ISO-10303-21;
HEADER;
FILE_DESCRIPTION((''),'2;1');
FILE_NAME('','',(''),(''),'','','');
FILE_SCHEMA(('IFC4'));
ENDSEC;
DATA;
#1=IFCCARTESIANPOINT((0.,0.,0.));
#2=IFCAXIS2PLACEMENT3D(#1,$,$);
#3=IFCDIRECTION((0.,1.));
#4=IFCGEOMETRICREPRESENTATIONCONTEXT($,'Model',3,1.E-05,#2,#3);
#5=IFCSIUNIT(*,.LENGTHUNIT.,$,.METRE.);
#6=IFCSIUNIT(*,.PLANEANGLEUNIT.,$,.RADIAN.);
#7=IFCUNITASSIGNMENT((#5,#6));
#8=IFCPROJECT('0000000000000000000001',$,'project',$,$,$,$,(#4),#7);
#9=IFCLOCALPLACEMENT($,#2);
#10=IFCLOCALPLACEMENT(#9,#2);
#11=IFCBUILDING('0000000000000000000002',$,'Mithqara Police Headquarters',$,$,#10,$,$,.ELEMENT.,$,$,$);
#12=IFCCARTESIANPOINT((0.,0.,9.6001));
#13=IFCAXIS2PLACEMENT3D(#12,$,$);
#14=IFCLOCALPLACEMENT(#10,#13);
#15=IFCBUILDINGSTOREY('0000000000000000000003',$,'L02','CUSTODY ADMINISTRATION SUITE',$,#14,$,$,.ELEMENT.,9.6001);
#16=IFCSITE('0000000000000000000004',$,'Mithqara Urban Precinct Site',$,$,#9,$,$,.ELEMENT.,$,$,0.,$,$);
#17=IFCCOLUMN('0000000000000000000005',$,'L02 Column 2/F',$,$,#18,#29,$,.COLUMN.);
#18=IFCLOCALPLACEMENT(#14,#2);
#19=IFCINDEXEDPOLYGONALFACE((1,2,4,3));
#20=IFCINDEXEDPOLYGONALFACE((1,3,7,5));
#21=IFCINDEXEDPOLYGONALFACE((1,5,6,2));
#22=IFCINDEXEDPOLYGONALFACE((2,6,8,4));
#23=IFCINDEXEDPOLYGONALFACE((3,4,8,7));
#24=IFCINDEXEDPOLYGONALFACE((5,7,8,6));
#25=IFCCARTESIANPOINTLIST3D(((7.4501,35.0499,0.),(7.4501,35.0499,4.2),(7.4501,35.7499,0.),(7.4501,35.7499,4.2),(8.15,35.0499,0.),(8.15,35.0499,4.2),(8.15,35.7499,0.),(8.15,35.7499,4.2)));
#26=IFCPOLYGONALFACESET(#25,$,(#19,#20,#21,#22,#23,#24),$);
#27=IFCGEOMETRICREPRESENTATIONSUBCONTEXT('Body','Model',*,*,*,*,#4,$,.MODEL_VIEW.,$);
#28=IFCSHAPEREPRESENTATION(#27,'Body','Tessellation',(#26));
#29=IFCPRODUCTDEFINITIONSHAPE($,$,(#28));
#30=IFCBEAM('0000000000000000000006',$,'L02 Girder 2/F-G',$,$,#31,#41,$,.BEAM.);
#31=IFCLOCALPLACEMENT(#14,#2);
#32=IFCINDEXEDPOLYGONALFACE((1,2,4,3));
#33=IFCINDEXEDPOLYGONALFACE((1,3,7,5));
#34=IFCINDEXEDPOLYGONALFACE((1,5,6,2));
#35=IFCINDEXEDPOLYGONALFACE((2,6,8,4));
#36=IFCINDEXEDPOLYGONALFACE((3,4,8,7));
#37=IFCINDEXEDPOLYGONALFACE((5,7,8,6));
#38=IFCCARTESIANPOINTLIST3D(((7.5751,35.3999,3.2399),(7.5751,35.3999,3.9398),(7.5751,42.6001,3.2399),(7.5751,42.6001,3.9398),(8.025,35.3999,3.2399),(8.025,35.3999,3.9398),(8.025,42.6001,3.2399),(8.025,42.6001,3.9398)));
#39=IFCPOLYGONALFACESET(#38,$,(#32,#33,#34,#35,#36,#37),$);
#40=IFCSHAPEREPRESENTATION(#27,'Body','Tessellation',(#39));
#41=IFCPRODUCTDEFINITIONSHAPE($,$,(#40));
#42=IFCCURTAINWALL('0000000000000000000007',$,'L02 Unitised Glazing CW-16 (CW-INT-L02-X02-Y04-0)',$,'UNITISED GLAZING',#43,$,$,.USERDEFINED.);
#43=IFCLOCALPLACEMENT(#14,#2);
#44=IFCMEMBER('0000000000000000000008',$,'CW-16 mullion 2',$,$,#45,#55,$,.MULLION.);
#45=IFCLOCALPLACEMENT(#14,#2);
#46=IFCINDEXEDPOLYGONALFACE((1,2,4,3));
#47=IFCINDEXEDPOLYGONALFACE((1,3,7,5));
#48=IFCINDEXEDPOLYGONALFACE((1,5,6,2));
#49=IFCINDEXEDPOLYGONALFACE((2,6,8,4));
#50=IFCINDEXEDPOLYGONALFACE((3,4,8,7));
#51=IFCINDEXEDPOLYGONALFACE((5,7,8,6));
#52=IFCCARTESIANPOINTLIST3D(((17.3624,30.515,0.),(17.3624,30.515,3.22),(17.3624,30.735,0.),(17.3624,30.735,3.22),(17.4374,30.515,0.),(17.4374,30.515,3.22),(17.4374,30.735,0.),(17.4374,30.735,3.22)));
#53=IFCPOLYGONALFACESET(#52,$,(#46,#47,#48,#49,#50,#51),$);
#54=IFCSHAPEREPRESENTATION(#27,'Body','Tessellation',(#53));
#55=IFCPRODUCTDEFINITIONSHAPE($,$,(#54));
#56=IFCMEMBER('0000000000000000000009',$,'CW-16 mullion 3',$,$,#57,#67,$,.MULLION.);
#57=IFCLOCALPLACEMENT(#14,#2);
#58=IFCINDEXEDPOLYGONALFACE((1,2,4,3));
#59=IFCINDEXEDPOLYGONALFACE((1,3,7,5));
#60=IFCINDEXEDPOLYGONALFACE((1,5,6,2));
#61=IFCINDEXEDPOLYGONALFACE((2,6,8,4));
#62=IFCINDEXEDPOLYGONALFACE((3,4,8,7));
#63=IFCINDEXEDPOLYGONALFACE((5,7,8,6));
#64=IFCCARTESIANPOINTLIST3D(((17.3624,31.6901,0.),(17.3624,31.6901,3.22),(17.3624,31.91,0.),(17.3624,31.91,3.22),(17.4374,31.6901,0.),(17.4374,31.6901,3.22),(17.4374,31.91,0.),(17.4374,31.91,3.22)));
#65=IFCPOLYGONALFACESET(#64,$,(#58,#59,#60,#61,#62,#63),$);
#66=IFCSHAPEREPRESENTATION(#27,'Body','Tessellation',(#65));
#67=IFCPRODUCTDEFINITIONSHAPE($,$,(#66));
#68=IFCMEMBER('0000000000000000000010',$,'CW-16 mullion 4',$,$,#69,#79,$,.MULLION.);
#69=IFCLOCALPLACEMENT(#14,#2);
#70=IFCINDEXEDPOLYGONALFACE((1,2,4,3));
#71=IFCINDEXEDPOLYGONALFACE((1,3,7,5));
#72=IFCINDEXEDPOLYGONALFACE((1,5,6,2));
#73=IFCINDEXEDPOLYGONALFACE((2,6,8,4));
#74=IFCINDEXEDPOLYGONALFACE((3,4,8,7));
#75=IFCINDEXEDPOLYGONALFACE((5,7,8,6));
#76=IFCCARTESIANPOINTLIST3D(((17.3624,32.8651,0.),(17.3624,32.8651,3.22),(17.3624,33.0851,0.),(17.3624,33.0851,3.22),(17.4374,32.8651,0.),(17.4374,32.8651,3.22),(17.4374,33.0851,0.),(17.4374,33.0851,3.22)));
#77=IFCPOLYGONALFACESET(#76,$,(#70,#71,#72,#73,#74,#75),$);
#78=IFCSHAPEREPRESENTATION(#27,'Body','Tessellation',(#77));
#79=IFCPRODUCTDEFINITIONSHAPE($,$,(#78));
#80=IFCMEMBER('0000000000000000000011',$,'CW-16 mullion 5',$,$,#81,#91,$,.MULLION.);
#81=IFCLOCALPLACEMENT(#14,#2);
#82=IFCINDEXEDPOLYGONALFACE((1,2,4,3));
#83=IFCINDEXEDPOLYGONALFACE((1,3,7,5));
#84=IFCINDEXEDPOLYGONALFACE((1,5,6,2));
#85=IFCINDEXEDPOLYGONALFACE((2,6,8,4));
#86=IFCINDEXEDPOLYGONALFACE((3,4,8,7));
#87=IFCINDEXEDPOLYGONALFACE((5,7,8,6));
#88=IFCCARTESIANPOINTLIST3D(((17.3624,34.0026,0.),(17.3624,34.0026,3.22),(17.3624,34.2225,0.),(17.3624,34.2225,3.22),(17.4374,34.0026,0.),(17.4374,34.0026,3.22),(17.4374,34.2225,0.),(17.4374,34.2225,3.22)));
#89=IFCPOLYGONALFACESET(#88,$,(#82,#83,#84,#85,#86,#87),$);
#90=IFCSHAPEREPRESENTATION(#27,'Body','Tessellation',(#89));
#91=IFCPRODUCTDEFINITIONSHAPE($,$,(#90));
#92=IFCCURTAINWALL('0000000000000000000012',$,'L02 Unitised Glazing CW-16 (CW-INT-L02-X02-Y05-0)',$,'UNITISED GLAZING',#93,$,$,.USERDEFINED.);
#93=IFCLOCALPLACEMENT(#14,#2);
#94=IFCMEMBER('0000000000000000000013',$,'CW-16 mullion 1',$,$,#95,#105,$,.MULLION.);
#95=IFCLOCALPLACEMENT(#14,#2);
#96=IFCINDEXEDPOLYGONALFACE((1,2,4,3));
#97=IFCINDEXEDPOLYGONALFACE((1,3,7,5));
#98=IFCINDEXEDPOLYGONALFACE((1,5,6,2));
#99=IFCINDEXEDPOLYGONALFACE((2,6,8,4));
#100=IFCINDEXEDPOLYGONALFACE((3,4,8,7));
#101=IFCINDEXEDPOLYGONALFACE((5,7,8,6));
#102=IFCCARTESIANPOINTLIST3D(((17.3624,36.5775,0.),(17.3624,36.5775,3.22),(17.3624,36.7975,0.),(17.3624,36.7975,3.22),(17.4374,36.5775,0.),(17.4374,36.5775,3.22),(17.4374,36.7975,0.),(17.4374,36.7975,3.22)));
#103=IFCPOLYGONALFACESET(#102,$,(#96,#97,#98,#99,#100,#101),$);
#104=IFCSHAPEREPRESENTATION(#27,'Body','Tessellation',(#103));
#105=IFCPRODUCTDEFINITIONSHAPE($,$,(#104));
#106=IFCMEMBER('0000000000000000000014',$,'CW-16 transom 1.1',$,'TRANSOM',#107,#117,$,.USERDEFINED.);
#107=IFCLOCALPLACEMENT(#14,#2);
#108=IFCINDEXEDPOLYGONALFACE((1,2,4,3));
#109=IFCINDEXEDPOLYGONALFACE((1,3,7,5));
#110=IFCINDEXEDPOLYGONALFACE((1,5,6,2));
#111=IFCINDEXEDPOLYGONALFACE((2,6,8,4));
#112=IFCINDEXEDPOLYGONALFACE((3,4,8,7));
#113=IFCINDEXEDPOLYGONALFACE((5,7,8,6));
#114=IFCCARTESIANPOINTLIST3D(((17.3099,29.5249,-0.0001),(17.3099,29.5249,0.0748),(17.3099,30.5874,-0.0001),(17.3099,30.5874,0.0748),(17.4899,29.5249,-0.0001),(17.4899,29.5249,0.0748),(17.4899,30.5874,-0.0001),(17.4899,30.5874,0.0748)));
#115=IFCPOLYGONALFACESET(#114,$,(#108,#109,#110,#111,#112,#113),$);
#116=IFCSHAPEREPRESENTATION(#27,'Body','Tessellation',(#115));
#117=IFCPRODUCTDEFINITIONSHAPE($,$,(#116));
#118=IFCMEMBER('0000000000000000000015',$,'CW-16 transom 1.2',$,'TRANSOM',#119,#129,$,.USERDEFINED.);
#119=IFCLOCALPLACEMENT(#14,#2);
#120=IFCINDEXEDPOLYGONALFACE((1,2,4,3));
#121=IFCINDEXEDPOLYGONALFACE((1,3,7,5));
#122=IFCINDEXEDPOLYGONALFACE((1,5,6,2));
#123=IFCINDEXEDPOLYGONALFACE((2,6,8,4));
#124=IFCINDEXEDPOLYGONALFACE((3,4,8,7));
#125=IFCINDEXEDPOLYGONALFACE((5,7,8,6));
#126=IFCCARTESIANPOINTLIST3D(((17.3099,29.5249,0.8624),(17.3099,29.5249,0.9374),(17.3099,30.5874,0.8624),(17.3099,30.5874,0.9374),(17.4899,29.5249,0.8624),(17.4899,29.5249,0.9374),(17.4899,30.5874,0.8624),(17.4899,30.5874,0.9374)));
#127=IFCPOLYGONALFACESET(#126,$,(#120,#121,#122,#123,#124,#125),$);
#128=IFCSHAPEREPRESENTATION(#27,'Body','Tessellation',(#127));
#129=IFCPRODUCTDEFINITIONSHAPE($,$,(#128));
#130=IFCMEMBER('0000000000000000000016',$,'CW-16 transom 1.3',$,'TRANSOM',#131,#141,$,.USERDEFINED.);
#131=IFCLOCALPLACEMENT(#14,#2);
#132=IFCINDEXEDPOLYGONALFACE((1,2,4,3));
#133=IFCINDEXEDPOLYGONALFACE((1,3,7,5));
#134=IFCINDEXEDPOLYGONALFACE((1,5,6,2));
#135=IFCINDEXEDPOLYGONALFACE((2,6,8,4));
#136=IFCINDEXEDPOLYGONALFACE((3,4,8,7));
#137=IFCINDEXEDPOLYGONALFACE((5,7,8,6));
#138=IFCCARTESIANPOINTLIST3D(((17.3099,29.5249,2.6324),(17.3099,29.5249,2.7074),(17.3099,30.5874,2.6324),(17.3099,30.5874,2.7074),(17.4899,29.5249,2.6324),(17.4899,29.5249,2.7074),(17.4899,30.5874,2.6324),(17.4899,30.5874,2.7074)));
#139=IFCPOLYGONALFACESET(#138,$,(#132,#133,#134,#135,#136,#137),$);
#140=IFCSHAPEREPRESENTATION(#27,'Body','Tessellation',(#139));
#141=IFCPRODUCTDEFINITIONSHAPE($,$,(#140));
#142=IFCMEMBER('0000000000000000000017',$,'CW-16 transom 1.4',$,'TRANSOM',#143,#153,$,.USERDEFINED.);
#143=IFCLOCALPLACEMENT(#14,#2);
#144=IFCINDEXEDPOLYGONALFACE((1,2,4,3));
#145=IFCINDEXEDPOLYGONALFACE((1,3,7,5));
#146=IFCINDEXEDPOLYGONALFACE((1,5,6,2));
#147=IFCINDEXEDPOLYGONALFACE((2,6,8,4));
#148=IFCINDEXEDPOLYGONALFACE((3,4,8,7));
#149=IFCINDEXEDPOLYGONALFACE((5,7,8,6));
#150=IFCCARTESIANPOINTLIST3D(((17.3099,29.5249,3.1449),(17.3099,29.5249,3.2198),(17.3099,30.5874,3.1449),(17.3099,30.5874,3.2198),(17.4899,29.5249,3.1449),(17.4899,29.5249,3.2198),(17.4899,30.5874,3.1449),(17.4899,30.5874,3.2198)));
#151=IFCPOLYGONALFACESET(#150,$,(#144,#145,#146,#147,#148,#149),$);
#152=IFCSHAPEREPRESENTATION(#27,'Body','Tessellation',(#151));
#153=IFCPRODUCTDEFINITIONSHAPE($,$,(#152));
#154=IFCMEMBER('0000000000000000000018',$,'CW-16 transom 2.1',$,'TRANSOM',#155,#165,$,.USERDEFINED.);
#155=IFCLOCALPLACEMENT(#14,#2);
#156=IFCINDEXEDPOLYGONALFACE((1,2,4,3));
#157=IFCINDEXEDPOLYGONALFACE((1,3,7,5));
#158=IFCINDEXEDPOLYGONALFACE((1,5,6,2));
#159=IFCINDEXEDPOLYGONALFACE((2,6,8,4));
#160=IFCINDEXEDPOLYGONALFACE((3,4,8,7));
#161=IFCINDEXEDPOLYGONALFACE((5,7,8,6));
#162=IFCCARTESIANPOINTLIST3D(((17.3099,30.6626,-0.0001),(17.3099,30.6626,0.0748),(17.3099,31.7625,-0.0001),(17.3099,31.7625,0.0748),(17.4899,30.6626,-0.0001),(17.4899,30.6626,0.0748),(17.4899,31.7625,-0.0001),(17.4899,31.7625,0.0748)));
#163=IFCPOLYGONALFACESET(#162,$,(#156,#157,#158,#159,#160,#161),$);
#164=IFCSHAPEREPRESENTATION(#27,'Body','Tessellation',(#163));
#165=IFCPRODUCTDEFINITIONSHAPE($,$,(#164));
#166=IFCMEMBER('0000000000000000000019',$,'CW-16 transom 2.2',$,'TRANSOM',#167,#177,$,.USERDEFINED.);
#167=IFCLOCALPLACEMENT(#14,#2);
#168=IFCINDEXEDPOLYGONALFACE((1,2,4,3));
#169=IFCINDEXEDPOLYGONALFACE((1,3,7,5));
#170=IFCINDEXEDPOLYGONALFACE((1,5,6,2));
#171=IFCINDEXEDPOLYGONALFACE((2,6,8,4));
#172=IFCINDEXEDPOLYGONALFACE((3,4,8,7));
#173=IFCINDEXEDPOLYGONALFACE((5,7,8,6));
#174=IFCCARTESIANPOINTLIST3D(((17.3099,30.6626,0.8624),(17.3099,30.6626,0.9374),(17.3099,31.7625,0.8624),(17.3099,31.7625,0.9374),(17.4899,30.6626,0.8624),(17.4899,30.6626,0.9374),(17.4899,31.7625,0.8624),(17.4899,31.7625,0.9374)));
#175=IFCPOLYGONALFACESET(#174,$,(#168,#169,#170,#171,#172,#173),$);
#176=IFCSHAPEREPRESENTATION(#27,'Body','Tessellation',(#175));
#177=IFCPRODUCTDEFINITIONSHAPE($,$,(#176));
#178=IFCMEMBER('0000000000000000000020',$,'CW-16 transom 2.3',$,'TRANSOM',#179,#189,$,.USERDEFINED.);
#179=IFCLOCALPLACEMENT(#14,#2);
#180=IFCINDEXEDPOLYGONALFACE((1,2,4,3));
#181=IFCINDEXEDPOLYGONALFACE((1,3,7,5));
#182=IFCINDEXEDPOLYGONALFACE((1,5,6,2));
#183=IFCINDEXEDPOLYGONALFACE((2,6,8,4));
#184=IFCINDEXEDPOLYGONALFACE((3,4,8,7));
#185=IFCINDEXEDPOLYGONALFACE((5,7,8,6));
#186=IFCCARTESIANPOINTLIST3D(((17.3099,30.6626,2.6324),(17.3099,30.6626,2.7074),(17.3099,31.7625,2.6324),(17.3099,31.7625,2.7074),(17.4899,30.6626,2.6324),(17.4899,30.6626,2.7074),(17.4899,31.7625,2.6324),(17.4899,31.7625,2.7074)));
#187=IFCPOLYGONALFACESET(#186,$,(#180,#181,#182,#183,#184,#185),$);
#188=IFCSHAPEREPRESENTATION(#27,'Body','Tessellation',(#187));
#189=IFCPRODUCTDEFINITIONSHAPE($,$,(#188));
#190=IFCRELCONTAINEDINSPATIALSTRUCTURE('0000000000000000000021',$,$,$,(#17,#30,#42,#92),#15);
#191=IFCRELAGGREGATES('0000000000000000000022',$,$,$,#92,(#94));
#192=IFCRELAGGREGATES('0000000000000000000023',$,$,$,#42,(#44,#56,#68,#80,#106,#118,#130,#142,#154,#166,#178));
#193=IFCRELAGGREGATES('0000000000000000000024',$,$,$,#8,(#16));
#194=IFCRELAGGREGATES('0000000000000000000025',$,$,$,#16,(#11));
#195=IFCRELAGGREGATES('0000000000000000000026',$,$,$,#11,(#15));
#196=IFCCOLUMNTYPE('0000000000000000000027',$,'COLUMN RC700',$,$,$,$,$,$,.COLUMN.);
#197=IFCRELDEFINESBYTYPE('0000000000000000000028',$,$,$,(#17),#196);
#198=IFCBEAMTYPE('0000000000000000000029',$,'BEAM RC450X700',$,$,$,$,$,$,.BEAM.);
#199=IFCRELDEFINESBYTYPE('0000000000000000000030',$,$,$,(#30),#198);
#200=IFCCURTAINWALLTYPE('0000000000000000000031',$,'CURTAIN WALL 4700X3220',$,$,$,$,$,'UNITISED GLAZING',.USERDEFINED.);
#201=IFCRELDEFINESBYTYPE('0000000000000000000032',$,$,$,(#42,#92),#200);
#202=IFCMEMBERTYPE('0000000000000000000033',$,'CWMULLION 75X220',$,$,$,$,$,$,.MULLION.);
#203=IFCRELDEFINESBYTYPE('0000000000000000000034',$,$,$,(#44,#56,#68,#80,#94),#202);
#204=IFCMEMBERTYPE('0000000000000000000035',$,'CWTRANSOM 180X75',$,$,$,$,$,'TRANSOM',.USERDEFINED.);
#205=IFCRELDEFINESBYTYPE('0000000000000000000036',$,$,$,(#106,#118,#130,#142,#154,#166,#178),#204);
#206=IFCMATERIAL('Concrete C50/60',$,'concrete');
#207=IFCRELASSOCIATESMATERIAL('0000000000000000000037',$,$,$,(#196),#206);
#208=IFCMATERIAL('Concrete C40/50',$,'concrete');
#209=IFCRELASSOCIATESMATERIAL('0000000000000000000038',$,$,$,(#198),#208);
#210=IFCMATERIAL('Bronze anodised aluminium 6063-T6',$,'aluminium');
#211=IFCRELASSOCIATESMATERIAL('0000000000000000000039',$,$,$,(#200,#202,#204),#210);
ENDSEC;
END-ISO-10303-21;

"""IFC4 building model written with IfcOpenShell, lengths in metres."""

from ifc_helpers import new_model, si_unit, direction, frame, origin, origin_2d, place, context, subcontext, project, spatial, rectangle, extrude, material, material_profile, profile_set, type_object, element, aggregate, save


model = new_model("IFC4")

# Units and contexts
model_context = context("Model", 3, precision=1e-05, world=origin(), true_north=direction((0.0, 1.0)))
body_context = subcontext(model_context, "Body", "Model", "MODEL_VIEW")
ifc_project = project(units=[si_unit("LENGTHUNIT", "METRE"), si_unit("PLANEANGLEUNIT", "RADIAN")], contexts=[model_context])

# Site, building, storey
site_placement = place(None, origin())
site = spatial("IfcSite", under=ifc_project, at=site_placement, Name="Mithqara Urban Precinct Site", CompositionType="ELEMENT", RefElevation=0.0)
building_placement = place(site_placement, origin())
building = spatial("IfcBuilding", under=site, at=building_placement, Name="Mithqara Police Headquarters", CompositionType="ELEMENT")
storey_placement = place(building_placement, frame((0.0, 0.0, 9.6001)))
storey = spatial("IfcBuildingStorey", under=building, at=storey_placement, Name="L02", Description="CUSTODY ADMINISTRATION SUITE", CompositionType="ELEMENT", Elevation=9.6001)

# Column
ifc_material_1 = material(Name="Concrete C50/60", Category="concrete")
ifc_material_profile_1 = material_profile(ifc_material_1, rectangle(XDim=0.7, YDim=0.7, at=origin_2d()), Name="RC 700x700")
ifc_profile_set_1 = profile_set([ifc_material_profile_1], Name="Concrete C50/60")
column_type = type_object("IfcColumnType", Name="COLUMN RC700", PredefinedType="COLUMN", material=ifc_profile_set_1)
column_placement = place(storey_placement, frame((7.8, 35.3999, 0.0), z_axis=(0.0, 0.0, 1.0), x_axis=(1.0, 0.0, 0.0)))
element("IfcColumn", 1, at=column_placement, inside=storey, type_object=column_type, Name="L02 Column 2/F", PredefinedType="COLUMN", context=body_context, shape_type="SweptSolid", body=[
    extrude(rectangle(XDim=0.7, YDim=0.7, at=origin_2d()), origin(), (0.0, 0.0, 1.0), 4.2),
])

# Beam
ifc_material_2 = material(Name="Concrete C40/50", Category="concrete")
ifc_material_profile_2 = material_profile(ifc_material_2, rectangle(XDim=0.45, YDim=0.7, at=origin_2d()), Name="RC 450x700")
ifc_profile_set_2 = profile_set([ifc_material_profile_2], Name="Concrete C40/50")
beam_type_1 = type_object("IfcBeamType", Name="BEAM RC450X700", PredefinedType="BEAM", material=ifc_profile_set_2)
beam_1_placement = place(storey_placement, frame((7.8, 35.3999, 3.5898), z_axis=(0.0, 1.0, 0.0), x_axis=(-1.0, 0.0, 0.0)))
element("IfcBeam", 2, at=beam_1_placement, inside=storey, type_object=beam_type_1, Name="L02 Girder 2/F-G", PredefinedType="BEAM", context=body_context, shape_type="SweptSolid", body=[
    extrude(rectangle(XDim=0.45, YDim=0.7, at=origin_2d()), origin(), (0.0, 0.0, 1.0), 7.2002),
])

# Curtain wall, members
ifc_material_3 = material(Name="Bronze anodised aluminium 6063-T6", Category="aluminium")
curtain_wall_type = type_object("IfcCurtainWallType", Name="CURTAIN WALL 4700X3220", ElementType="UNITISED GLAZING", PredefinedType="USERDEFINED", material=ifc_material_3)
curtain_wall_1_placement = place(storey_placement, origin())
curtain_wall_1 = element("IfcCurtainWall", 3, at=curtain_wall_1_placement, inside=storey, type_object=curtain_wall_type, Name="L02 Unitised Glazing CW-16 (CW-INT-L02-X02-Y04-0)", ObjectType="UNITISED GLAZING", PredefinedType="USERDEFINED")
ifc_material_profile_3 = material_profile(ifc_material_3, rectangle(XDim=0.075, YDim=0.22, at=origin_2d()), Name="CWM 75x220")
ifc_profile_set_3 = profile_set([ifc_material_profile_3], Name="Bronze anodised aluminium 6063-T6")
member_type_1 = type_object("IfcMemberType", Name="CWMULLION 75X220", PredefinedType="MULLION", material=ifc_profile_set_3)
member_1_placement = place(storey_placement, frame((17.3999, 30.625, 0.0), z_axis=(0.0, 0.0, 1.0), x_axis=(-1.0, 0.0, 0.0)))
member_1 = element("IfcMember", 4, at=member_1_placement, type_object=member_type_1, Name="CW-16 mullion 2", PredefinedType="MULLION", context=body_context, shape_type="SweptSolid", body=[
    extrude(rectangle(XDim=0.075, YDim=0.22, at=origin_2d()), origin(), (0.0, 0.0, 1.0), 3.22),
])
member_2_placement = place(storey_placement, frame((17.3999, 31.8, 0.0), z_axis=(0.0, 0.0, 1.0), x_axis=(-1.0, 0.0, 0.0)))
member_2 = element("IfcMember", 5, at=member_2_placement, type_object=member_type_1, Name="CW-16 mullion 3", PredefinedType="MULLION", context=body_context, shape_type="SweptSolid", body=[
    extrude(rectangle(XDim=0.075, YDim=0.22, at=origin_2d()), origin(), (0.0, 0.0, 1.0), 3.22),
])
member_3_placement = place(storey_placement, frame((17.3999, 32.9751, 0.0), z_axis=(0.0, 0.0, 1.0), x_axis=(-1.0, 0.0, 0.0)))
member_3 = element("IfcMember", 6, at=member_3_placement, type_object=member_type_1, Name="CW-16 mullion 4", PredefinedType="MULLION", context=body_context, shape_type="SweptSolid", body=[
    extrude(rectangle(XDim=0.075, YDim=0.22, at=origin_2d()), origin(), (0.0, 0.0, 1.0), 3.22),
])
member_4_placement = place(storey_placement, frame((17.3999, 34.1125, 0.0), z_axis=(0.0, 0.0, 1.0), x_axis=(-1.0, 0.0, 0.0)))
member_4 = element("IfcMember", 7, at=member_4_placement, type_object=member_type_1, Name="CW-16 mullion 5", PredefinedType="MULLION", context=body_context, shape_type="SweptSolid", body=[
    extrude(rectangle(XDim=0.075, YDim=0.22, at=origin_2d()), origin(), (0.0, 0.0, 1.0), 3.22),
])

# Curtain wall, member
curtain_wall_2_placement = place(storey_placement, origin())
curtain_wall_2 = element("IfcCurtainWall", 8, at=curtain_wall_2_placement, inside=storey, type_object=curtain_wall_type, Name="L02 Unitised Glazing CW-16 (CW-INT-L02-X02-Y05-0)", ObjectType="UNITISED GLAZING", PredefinedType="USERDEFINED")
member_5_placement = place(storey_placement, frame((17.3999, 36.6875, 0.0), z_axis=(0.0, 0.0, 1.0), x_axis=(-1.0, 0.0, 0.0)))
member_5 = element("IfcMember", 9, at=member_5_placement, type_object=member_type_1, Name="CW-16 mullion 1", PredefinedType="MULLION", context=body_context, shape_type="SweptSolid", body=[
    extrude(rectangle(XDim=0.075, YDim=0.22, at=origin_2d()), origin(), (0.0, 0.0, 1.0), 3.22),
])

# Members
ifc_material_profile_4 = material_profile(ifc_material_3, rectangle(XDim=0.1799, YDim=0.075, at=origin_2d()), Name="CWT 180x75")
ifc_profile_set_4 = profile_set([ifc_material_profile_4], Name="Bronze anodised aluminium 6063-T6")
member_type_2 = type_object("IfcMemberType", Name="CWTRANSOM 180X75", ElementType="TRANSOM", PredefinedType="USERDEFINED", material=ifc_profile_set_4)
member_6_placement = place(storey_placement, frame((17.3999, 29.5249, 0.0374), z_axis=(0.0, 1.0, 0.0), x_axis=(-1.0, 0.0, 0.0)))
member_6 = element("IfcMember", 10, at=member_6_placement, type_object=member_type_2, Name="CW-16 transom 1.1", ObjectType="TRANSOM", PredefinedType="USERDEFINED", context=body_context, shape_type="SweptSolid", body=[
    extrude(rectangle(XDim=0.1799, YDim=0.075, at=origin_2d()), origin(), (0.0, 0.0, 1.0), 1.0625),
])
member_7_placement = place(storey_placement, frame((17.3999, 29.5249, 0.8999), z_axis=(0.0, 1.0, 0.0), x_axis=(-1.0, 0.0, 0.0)))
member_7 = element("IfcMember", 11, at=member_7_placement, type_object=member_type_2, Name="CW-16 transom 1.2", ObjectType="TRANSOM", PredefinedType="USERDEFINED", context=body_context, shape_type="SweptSolid", body=[
    extrude(rectangle(XDim=0.1799, YDim=0.075, at=origin_2d()), origin(), (0.0, 0.0, 1.0), 1.0625),
])
member_8_placement = place(storey_placement, frame((17.3999, 29.5249, 2.6699), z_axis=(0.0, 1.0, 0.0), x_axis=(-1.0, 0.0, 0.0)))
member_8 = element("IfcMember", 12, at=member_8_placement, type_object=member_type_2, Name="CW-16 transom 1.3", ObjectType="TRANSOM", PredefinedType="USERDEFINED", context=body_context, shape_type="SweptSolid", body=[
    extrude(rectangle(XDim=0.1799, YDim=0.075, at=origin_2d()), origin(), (0.0, 0.0, 1.0), 1.0625),
])
member_9_placement = place(storey_placement, frame((17.3999, 29.5249, 3.1824), z_axis=(0.0, 1.0, 0.0), x_axis=(-1.0, 0.0, 0.0)))
member_9 = element("IfcMember", 13, at=member_9_placement, type_object=member_type_2, Name="CW-16 transom 1.4", ObjectType="TRANSOM", PredefinedType="USERDEFINED", context=body_context, shape_type="SweptSolid", body=[
    extrude(rectangle(XDim=0.1799, YDim=0.075, at=origin_2d()), origin(), (0.0, 0.0, 1.0), 1.0625),
])
member_10_placement = place(storey_placement, frame((17.3999, 30.6626, 0.0374), z_axis=(0.0, 1.0, 0.0), x_axis=(-1.0, 0.0, 0.0)))
member_10 = element("IfcMember", 14, at=member_10_placement, type_object=member_type_2, Name="CW-16 transom 2.1", ObjectType="TRANSOM", PredefinedType="USERDEFINED", context=body_context, shape_type="SweptSolid", body=[
    extrude(rectangle(XDim=0.1799, YDim=0.075, at=origin_2d()), origin(), (0.0, 0.0, 1.0), 1.0999),
])
member_11_placement = place(storey_placement, frame((17.3999, 30.6626, 0.8999), z_axis=(0.0, 1.0, 0.0), x_axis=(-1.0, 0.0, 0.0)))
member_11 = element("IfcMember", 15, at=member_11_placement, type_object=member_type_2, Name="CW-16 transom 2.2", ObjectType="TRANSOM", PredefinedType="USERDEFINED", context=body_context, shape_type="SweptSolid", body=[
    extrude(rectangle(XDim=0.1799, YDim=0.075, at=origin_2d()), origin(), (0.0, 0.0, 1.0), 1.0999),
])
member_12_placement = place(storey_placement, frame((17.3999, 30.6626, 2.6699), z_axis=(0.0, 1.0, 0.0), x_axis=(-1.0, 0.0, 0.0)))
member_12 = element("IfcMember", 16, at=member_12_placement, type_object=member_type_2, Name="CW-16 transom 2.3", ObjectType="TRANSOM", PredefinedType="USERDEFINED", context=body_context, shape_type="SweptSolid", body=[
    extrude(rectangle(XDim=0.1799, YDim=0.075, at=origin_2d()), origin(), (0.0, 0.0, 1.0), 1.0999),
])
aggregate(curtain_wall_2, [member_5])

aggregate(curtain_wall_1, [member_1, member_2, member_3, member_4, member_6, member_7, member_8, member_9, member_10, member_11, member_12])

save(model, "model.ifc")
